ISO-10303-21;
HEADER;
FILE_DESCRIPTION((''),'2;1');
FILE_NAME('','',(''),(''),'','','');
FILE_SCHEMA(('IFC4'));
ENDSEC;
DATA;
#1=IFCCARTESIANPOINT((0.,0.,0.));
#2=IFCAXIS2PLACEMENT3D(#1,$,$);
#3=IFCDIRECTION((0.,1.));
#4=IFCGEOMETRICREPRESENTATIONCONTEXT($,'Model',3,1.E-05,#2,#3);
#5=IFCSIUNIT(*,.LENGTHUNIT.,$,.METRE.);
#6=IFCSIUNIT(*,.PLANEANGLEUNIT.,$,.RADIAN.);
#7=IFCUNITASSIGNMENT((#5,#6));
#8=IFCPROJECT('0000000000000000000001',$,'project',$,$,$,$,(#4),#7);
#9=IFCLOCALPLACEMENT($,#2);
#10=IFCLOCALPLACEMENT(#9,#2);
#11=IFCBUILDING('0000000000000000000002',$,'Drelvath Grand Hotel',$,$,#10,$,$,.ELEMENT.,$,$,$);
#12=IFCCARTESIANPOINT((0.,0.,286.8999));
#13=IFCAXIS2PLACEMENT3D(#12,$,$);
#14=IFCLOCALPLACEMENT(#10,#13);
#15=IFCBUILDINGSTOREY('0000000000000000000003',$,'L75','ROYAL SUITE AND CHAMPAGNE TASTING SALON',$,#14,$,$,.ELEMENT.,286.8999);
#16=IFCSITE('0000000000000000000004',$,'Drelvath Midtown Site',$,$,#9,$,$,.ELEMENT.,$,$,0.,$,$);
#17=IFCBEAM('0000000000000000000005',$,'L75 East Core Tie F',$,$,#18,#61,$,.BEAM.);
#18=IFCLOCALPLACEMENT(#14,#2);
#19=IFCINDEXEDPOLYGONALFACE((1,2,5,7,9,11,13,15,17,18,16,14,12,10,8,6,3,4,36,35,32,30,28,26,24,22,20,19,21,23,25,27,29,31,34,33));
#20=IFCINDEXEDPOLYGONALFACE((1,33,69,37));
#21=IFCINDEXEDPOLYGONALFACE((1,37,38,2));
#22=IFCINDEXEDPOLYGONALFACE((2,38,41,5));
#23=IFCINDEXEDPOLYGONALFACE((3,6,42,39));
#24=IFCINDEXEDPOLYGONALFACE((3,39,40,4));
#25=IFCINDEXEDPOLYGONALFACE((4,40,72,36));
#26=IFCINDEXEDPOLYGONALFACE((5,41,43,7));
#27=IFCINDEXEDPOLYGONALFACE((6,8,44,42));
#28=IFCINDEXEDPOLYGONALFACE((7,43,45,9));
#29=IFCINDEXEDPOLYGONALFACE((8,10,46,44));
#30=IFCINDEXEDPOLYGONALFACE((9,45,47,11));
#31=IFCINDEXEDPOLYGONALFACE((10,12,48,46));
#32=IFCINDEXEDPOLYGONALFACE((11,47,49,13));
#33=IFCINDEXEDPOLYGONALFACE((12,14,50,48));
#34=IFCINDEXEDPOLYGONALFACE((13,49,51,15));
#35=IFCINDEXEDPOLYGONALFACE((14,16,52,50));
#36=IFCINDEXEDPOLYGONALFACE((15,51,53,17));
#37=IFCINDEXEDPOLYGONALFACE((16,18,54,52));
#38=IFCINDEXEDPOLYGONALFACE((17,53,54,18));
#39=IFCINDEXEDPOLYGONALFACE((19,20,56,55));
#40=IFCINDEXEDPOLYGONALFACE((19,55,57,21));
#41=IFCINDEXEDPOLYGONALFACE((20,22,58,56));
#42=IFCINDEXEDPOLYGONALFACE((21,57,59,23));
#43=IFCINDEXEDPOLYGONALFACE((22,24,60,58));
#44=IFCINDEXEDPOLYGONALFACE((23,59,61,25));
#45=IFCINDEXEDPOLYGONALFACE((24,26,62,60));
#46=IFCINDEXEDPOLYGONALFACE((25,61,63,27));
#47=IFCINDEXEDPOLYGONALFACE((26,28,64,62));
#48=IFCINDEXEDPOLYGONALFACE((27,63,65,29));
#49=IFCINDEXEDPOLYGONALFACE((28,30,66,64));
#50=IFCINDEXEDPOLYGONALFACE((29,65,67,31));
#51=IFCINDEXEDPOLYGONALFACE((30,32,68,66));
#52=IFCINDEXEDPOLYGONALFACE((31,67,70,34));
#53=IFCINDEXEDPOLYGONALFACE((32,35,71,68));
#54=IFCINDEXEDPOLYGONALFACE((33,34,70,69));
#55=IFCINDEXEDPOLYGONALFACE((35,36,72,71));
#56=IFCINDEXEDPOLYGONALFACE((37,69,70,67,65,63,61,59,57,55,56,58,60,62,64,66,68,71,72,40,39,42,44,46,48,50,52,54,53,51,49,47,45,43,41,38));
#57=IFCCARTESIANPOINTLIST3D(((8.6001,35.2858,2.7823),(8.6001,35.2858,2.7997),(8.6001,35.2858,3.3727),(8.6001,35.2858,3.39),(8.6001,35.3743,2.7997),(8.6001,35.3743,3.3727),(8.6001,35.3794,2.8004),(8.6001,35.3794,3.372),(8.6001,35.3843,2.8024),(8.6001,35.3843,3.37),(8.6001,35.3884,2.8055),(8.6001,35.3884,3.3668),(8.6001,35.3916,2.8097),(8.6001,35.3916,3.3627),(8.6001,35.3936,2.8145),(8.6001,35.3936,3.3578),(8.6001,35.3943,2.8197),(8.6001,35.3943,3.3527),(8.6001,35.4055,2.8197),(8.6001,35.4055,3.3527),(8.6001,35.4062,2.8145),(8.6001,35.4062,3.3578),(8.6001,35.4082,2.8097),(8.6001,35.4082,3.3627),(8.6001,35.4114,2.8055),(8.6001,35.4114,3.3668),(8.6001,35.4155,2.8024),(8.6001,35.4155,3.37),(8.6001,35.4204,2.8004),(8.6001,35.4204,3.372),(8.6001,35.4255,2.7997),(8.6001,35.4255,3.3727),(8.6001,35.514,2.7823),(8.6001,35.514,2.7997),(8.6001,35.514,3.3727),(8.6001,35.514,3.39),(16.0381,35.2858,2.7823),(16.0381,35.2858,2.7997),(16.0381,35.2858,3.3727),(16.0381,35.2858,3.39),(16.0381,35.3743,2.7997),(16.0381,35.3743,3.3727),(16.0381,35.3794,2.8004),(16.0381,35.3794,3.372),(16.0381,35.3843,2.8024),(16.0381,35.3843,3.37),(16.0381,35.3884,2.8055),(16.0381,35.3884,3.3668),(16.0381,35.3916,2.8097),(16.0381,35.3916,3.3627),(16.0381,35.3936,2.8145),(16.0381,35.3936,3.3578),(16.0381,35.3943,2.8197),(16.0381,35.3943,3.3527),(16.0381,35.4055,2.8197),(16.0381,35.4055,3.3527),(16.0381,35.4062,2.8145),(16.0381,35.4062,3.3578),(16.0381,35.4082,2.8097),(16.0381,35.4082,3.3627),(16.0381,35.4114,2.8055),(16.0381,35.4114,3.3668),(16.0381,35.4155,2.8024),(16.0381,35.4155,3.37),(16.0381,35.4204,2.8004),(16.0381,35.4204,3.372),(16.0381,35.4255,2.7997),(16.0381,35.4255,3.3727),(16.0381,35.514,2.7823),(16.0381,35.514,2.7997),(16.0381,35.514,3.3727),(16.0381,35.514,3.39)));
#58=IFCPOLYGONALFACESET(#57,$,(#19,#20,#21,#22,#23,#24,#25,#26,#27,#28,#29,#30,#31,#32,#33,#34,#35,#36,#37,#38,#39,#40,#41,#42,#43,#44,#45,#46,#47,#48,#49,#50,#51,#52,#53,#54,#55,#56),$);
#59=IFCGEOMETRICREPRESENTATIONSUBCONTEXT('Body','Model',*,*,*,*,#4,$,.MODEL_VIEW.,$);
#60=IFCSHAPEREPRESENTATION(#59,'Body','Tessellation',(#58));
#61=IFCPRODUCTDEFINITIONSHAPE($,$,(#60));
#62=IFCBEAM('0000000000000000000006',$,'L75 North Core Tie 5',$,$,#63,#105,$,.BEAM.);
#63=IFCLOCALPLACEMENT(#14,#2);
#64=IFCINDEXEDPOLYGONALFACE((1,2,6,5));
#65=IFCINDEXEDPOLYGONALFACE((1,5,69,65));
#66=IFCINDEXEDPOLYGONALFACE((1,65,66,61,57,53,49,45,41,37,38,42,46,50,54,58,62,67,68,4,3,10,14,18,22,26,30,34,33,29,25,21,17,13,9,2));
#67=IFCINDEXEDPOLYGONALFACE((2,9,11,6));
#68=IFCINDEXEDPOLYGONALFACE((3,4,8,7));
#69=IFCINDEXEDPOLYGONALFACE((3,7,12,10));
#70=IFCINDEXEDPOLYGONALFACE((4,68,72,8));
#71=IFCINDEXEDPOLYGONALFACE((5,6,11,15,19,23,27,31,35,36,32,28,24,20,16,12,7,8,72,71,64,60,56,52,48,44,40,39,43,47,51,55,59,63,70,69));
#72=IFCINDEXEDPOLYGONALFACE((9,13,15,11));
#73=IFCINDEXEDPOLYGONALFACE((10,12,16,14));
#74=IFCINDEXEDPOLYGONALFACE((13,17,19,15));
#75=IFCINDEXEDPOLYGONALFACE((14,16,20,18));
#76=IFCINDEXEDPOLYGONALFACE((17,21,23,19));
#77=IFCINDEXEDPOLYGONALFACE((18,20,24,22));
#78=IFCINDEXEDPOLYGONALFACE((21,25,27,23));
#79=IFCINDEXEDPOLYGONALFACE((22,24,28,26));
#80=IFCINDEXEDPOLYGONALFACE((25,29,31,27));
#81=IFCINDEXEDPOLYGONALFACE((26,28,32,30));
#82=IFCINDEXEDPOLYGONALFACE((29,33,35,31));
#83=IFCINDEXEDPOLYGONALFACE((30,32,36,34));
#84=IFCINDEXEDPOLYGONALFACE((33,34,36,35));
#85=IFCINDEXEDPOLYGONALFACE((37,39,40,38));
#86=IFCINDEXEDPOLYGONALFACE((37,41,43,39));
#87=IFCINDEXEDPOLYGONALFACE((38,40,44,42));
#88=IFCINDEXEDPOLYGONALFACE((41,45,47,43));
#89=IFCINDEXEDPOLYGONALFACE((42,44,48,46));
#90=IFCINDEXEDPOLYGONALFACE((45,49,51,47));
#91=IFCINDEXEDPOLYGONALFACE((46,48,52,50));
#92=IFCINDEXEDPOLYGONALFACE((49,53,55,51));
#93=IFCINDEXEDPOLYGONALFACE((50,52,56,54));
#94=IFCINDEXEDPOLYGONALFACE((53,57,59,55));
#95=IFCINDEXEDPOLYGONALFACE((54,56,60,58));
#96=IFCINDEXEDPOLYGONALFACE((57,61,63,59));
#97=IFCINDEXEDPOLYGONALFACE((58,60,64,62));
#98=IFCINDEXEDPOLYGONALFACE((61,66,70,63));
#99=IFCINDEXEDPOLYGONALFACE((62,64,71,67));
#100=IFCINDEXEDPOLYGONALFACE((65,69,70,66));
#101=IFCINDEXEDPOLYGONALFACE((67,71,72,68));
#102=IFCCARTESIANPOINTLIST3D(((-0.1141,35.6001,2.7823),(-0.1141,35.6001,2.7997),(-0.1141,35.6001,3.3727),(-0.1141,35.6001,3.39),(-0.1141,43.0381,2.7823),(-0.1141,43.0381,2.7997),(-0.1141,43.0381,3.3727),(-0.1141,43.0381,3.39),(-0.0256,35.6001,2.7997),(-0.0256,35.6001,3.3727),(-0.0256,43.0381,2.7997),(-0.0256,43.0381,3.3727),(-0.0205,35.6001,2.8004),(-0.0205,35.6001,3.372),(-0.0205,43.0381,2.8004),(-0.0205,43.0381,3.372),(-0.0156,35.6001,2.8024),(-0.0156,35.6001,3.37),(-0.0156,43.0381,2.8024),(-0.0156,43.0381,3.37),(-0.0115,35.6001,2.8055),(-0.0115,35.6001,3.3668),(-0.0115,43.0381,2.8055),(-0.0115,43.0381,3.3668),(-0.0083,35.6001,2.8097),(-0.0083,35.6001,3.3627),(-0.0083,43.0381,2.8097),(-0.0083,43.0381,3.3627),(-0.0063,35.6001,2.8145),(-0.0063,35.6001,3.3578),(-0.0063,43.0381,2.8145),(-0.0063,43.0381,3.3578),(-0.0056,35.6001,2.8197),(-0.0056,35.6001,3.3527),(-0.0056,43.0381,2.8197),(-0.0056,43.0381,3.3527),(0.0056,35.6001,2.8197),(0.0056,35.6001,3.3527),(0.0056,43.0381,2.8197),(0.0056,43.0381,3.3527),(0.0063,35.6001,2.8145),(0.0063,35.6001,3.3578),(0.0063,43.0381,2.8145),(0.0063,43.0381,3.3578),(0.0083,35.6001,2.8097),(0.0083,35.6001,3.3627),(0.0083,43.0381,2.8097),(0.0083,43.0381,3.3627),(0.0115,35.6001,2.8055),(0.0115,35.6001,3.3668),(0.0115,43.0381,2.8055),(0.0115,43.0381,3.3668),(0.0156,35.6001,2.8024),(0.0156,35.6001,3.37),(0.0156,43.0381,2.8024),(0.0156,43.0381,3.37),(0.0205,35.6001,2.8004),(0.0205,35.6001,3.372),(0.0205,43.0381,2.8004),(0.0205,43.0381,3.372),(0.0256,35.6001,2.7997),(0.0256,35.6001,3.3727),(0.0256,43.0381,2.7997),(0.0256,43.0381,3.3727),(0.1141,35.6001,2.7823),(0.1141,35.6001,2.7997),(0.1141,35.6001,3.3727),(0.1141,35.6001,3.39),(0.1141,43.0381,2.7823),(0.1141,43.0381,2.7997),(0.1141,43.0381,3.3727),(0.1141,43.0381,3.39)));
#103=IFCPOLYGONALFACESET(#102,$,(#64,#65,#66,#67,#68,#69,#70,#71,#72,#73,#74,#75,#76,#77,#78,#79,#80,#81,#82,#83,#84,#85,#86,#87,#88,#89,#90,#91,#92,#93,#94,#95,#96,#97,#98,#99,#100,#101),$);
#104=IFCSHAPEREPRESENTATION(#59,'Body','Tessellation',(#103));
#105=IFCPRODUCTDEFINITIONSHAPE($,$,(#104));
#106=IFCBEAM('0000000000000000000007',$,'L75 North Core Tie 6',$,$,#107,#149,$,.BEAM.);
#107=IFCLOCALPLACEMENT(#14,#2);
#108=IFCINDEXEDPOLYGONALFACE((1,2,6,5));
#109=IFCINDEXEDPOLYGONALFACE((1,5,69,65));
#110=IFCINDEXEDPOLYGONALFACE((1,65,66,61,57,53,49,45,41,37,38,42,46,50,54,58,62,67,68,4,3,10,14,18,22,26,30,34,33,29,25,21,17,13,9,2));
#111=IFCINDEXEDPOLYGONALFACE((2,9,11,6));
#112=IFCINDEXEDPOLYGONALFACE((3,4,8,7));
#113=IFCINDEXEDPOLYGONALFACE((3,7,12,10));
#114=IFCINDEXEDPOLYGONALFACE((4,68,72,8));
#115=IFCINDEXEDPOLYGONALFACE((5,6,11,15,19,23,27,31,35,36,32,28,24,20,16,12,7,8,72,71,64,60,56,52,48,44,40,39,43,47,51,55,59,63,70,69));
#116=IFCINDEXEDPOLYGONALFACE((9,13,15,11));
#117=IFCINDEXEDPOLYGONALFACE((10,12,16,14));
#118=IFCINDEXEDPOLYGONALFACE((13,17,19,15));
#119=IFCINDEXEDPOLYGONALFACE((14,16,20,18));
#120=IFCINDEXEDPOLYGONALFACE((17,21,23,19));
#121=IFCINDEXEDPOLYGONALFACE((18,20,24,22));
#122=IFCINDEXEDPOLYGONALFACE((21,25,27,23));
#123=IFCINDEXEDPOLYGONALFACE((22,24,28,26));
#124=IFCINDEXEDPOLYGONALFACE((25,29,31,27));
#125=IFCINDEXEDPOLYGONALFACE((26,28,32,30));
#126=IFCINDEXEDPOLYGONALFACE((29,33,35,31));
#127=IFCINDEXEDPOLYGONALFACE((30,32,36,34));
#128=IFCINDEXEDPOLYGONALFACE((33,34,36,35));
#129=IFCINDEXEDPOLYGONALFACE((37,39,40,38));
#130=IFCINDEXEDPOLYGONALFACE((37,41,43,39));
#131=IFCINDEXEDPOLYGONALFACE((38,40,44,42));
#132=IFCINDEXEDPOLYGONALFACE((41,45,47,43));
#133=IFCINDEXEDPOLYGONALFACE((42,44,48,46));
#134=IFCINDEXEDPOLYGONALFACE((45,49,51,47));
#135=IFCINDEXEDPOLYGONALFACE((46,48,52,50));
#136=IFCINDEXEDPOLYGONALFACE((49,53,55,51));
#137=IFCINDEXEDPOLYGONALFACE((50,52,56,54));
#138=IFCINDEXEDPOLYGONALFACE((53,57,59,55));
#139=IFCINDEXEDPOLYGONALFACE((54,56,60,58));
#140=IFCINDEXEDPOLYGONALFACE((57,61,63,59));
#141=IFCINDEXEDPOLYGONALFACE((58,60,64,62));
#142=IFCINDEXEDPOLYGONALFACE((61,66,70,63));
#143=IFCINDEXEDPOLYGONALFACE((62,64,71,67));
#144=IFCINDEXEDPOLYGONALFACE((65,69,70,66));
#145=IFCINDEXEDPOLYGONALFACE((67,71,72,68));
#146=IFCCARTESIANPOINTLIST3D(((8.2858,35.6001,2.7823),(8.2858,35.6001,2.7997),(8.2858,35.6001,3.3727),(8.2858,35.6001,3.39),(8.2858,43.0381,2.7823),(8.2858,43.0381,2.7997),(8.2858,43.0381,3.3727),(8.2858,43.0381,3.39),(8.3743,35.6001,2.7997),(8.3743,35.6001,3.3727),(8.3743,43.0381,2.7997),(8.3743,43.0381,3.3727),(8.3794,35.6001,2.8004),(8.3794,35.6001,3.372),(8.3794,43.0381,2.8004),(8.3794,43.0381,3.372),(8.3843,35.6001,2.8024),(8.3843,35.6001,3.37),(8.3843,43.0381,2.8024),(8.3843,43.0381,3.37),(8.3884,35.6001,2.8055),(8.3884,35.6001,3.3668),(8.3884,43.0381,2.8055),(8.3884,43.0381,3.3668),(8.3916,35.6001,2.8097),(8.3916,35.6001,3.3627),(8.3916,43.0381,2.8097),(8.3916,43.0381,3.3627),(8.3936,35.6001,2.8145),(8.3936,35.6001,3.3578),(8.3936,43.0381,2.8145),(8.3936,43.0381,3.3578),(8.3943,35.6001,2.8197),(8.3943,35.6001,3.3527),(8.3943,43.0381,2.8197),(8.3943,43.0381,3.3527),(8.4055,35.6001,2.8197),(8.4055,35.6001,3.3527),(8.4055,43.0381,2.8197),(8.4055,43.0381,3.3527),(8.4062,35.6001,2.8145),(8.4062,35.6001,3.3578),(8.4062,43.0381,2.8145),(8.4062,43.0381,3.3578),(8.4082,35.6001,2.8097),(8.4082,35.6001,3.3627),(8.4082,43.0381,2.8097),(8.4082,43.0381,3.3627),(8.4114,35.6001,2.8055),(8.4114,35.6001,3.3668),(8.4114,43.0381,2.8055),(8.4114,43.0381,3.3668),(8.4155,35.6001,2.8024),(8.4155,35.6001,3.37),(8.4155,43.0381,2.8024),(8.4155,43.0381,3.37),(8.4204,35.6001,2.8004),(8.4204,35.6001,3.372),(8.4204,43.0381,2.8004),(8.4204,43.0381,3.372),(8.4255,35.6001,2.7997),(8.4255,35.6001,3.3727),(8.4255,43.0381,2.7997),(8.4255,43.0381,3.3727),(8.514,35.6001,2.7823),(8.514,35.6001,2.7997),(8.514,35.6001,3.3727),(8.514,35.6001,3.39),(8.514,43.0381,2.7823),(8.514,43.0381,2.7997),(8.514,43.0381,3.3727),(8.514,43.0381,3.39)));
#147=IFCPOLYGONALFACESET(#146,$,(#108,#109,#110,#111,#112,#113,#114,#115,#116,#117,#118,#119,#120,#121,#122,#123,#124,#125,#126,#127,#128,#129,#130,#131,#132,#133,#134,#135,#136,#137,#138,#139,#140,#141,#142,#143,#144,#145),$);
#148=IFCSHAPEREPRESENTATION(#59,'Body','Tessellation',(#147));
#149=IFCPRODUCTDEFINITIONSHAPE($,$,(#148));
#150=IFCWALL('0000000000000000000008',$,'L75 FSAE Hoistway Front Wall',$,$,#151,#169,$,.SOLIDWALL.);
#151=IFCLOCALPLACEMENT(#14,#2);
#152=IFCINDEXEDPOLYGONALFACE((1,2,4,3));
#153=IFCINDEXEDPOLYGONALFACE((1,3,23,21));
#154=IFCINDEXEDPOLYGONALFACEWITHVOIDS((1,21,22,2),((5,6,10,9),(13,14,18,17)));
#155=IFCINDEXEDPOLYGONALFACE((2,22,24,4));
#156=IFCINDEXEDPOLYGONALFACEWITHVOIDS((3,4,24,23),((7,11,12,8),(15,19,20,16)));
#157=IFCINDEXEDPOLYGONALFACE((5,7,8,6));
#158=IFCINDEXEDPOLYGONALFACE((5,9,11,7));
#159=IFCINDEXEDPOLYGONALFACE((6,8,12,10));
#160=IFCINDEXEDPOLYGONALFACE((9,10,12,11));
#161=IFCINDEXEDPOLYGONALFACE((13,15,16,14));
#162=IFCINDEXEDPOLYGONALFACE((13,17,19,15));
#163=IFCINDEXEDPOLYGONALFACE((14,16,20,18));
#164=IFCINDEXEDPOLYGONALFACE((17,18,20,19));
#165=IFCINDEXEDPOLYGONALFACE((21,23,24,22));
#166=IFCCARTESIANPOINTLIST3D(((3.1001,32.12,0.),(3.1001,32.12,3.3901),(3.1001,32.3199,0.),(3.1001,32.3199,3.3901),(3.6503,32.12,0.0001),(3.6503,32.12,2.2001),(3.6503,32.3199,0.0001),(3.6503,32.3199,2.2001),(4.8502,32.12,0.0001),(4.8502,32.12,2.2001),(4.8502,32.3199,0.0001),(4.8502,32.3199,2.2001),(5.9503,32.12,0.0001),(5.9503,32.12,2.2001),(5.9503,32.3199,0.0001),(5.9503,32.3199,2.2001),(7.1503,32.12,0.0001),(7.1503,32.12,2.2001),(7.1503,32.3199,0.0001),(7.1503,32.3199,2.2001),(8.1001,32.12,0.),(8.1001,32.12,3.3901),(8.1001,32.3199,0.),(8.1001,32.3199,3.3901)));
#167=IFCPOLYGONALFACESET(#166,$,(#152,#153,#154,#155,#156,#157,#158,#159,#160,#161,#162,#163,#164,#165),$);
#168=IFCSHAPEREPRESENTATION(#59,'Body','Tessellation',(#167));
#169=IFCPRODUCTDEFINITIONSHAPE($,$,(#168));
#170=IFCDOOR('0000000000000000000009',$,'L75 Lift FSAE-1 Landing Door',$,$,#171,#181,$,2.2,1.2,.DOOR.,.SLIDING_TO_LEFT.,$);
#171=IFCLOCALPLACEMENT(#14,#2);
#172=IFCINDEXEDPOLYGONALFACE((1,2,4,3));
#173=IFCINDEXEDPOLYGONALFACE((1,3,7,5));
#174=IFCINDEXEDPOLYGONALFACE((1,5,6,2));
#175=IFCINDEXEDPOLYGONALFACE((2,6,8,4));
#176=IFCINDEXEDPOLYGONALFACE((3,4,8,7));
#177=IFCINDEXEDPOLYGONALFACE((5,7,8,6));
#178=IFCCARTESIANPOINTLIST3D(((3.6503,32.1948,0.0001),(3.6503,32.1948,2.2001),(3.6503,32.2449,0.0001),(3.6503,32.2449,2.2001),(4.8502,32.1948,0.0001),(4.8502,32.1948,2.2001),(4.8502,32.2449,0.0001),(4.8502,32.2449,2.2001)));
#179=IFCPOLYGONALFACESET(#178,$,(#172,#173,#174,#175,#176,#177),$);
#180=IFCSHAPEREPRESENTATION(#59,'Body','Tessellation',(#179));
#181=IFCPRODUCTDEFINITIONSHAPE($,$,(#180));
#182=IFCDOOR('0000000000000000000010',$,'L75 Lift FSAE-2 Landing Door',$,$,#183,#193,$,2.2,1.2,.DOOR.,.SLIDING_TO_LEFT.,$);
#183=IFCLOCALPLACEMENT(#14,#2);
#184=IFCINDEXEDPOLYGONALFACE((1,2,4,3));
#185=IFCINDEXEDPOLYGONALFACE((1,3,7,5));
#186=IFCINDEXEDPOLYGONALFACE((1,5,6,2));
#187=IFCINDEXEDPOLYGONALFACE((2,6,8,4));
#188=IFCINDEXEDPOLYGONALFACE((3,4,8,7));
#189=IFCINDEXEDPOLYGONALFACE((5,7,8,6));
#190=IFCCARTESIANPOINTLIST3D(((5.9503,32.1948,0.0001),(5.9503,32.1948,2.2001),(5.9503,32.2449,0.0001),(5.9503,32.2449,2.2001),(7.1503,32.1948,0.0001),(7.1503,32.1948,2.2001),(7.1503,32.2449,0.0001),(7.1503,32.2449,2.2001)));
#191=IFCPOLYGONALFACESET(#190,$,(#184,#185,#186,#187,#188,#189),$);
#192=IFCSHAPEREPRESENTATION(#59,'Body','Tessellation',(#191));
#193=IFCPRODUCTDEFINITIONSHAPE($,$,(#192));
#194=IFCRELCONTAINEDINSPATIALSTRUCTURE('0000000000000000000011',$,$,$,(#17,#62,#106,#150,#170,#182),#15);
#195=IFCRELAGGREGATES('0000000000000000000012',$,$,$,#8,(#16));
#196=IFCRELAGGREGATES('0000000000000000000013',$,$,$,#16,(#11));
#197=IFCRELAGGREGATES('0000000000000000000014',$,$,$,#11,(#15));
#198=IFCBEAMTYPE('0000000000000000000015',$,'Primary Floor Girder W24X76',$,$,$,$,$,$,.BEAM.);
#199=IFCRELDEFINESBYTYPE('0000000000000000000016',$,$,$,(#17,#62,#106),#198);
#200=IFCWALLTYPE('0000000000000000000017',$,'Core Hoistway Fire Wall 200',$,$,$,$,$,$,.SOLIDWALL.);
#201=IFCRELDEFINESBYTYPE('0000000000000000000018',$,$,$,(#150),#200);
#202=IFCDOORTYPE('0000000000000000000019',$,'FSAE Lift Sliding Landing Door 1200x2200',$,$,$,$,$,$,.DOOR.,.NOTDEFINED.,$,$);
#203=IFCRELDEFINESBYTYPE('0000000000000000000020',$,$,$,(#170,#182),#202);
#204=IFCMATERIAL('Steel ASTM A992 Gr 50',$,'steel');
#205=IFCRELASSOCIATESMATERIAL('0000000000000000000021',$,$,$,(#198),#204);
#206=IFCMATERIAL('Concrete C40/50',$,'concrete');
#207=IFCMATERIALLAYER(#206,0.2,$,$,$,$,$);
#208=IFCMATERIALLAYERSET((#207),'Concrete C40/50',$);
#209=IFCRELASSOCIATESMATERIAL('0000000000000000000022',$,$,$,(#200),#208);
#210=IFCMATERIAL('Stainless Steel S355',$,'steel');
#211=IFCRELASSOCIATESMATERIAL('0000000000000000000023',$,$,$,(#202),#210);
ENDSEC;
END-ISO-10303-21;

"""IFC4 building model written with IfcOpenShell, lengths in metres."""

from ifc_helpers import new_model, si_unit, direction, frame, frame_2d, origin, origin_2d, place, context, subcontext, project, spatial, rectangle, i_section, extrude, material, layer, layer_set, material_profile, profile_set, type_object, element, fill, save


model = new_model("IFC4")

# Units and contexts
model_context = context("Model", 3, precision=1e-05, world=origin(), true_north=direction((0.0, 1.0)))
body_context = subcontext(model_context, "Body", "Model", "MODEL_VIEW")
ifc_project = project(units=[si_unit("LENGTHUNIT", "METRE"), si_unit("PLANEANGLEUNIT", "RADIAN")], contexts=[model_context])

# Site, building, storey
site_placement = place(None, origin())
site = spatial("IfcSite", under=ifc_project, at=site_placement, Name="Drelvath Midtown Site", CompositionType="ELEMENT", RefElevation=0.0)
building_placement = place(site_placement, origin())
building = spatial("IfcBuilding", under=site, at=building_placement, Name="Drelvath Grand Hotel", CompositionType="ELEMENT")
storey_placement = place(building_placement, frame((0.0, 0.0, 286.8999)))
storey = spatial("IfcBuildingStorey", under=building, at=storey_placement, Name="L75", Description="ROYAL SUITE AND CHAMPAGNE TASTING SALON", CompositionType="ELEMENT", Elevation=286.8999)

# Beams
ifc_material_1 = material(Name="Steel ASTM A992 Gr 50", Category="steel")
ifc_material_profile_1 = material_profile(ifc_material_1, i_section(OverallWidth=0.2283, OverallDepth=0.6077, WebThickness=0.0112, FlangeThickness=0.0173, FilletRadius=0.02, at=origin_2d()), Name="W24X76")
ifc_profile_set_1 = profile_set([ifc_material_profile_1], Name="Steel ASTM A992 Gr 50")
beam_type_1 = type_object("IfcBeamType", Name="Primary Floor Girder W24X76", PredefinedType="BEAM", material=ifc_profile_set_1)
for number, where, z_axis, x_axis, name in (
    (1, (8.6001, 35.3999, 3.0862), (1.0, 0.0, 0.0), (0.0, 1.0, 0.0), "L75 East Core Tie F"),
    (2, (0.0, 35.6001, 3.0862), (0.0, 1.0, 0.0), (-1.0, 0.0, 0.0), "L75 North Core Tie 5"),
    (3, (8.3999, 35.6001, 3.0862), (0.0, 1.0, 0.0), (-1.0, 0.0, 0.0), "L75 North Core Tie 6"),
):
    element("IfcBeam", number, at=place(storey_placement, frame(where, z_axis=z_axis, x_axis=x_axis)), inside=storey, type_object=beam_type_1, Name=name, PredefinedType="BEAM", context=body_context, shape_type="SweptSolid", body=[
        extrude(i_section(OverallWidth=0.2283, OverallDepth=0.6077, WebThickness=0.0112, FlangeThickness=0.0173, FilletRadius=0.02, at=origin_2d()), origin(), (0.0, 0.0, 1.0), 7.438),
    ])

# Wall, openings, doors
ifc_material_2 = material(Name="Concrete C40/50", Category="concrete")
ifc_layer_1 = layer(ifc_material_2, 0.2)
ifc_layer_set_1 = layer_set([ifc_layer_1], Name="Concrete C40/50")
wall_type_1 = type_object("IfcWallType", Name="Core Hoistway Fire Wall 200", PredefinedType="SOLIDWALL", material=ifc_layer_set_1)
wall_1_placement = place(storey_placement, frame((3.1001, 32.22, 0.0), z_axis=(0.0, 0.0, 1.0), x_axis=(1.0, 0.0, 0.0)))
wall_1 = element("IfcWall", 4, at=wall_1_placement, inside=storey, type_object=wall_type_1, Name="L75 FSAE Hoistway Front Wall", PredefinedType="SOLIDWALL", context=body_context, shape_type="SweptSolid", body=[
    extrude(rectangle(XDim=5.0, YDim=0.2, at=frame_2d((2.5, 0.0))), origin(), (0.0, 0.0, 1.0), 3.3901),
])
opening_1_placement = place(wall_1_placement, frame((0.55, 0.0, 0.0)))
opening_1 = element("IfcOpeningElement", 5, at=opening_1_placement, cuts=wall_1, PredefinedType="OPENING", context=body_context, shape_type="SweptSolid", body=[
    extrude(rectangle(XDim=1.2, YDim=2.2, at=frame_2d((0.6001, 1.1001))), frame((0.0, 0.1099, 0.0), z_axis=(0.0, -1.0, 0.0), x_axis=(1.0, 0.0, 0.0)), (0.0, 0.0, 1.0), 0.22),
])
opening_2_placement = place(wall_1_placement, frame((2.8501, 0.0, 0.0)))
opening_2 = element("IfcOpeningElement", 6, at=opening_2_placement, cuts=wall_1, PredefinedType="OPENING", context=body_context, shape_type="SweptSolid", body=[
    extrude(rectangle(XDim=1.2, YDim=2.2, at=frame_2d((0.6001, 1.1001))), frame((0.0, 0.1099, 0.0), z_axis=(0.0, -1.0, 0.0), x_axis=(1.0, 0.0, 0.0)), (0.0, 0.0, 1.0), 0.22),
])
ifc_material_3 = material(Name="Stainless Steel S355", Category="steel")
door_type_1 = type_object("IfcDoorType", Name="FSAE Lift Sliding Landing Door 1200x2200", OperationType="NOTDEFINED", PredefinedType="DOOR", material=ifc_material_3)
door_1_placement = place(opening_1_placement, origin())
door_1 = element("IfcDoor", 7, at=door_1_placement, inside=storey, type_object=door_type_1, Name="L75 Lift FSAE-1 Landing Door", OperationType="SLIDING_TO_LEFT", OverallHeight=2.2, OverallWidth=1.2, PredefinedType="DOOR", context=body_context, shape_type="SweptSolid", body=[
    extrude(rectangle(XDim=1.2, YDim=2.2, at=frame_2d((0.6001, 1.1001))), frame((0.0, 0.0249, 0.0), z_axis=(0.0, -1.0, 0.0), x_axis=(1.0, 0.0, 0.0)), (0.0, 0.0, 1.0), 0.05),
])
fill(opening_1, door_1)
door_2_placement = place(opening_2_placement, origin())
door_2 = element("IfcDoor", 8, at=door_2_placement, inside=storey, type_object=door_type_1, Name="L75 Lift FSAE-2 Landing Door", OperationType="SLIDING_TO_LEFT", OverallHeight=2.2, OverallWidth=1.2, PredefinedType="DOOR", context=body_context, shape_type="SweptSolid", body=[
    extrude(rectangle(XDim=1.2, YDim=2.2, at=frame_2d((0.6001, 1.1001))), frame((0.0, 0.0249, 0.0), z_axis=(0.0, -1.0, 0.0), x_axis=(1.0, 0.0, 0.0)), (0.0, 0.0, 1.0), 0.05),
])
fill(opening_2, door_2)

save(model, "model.ifc")
